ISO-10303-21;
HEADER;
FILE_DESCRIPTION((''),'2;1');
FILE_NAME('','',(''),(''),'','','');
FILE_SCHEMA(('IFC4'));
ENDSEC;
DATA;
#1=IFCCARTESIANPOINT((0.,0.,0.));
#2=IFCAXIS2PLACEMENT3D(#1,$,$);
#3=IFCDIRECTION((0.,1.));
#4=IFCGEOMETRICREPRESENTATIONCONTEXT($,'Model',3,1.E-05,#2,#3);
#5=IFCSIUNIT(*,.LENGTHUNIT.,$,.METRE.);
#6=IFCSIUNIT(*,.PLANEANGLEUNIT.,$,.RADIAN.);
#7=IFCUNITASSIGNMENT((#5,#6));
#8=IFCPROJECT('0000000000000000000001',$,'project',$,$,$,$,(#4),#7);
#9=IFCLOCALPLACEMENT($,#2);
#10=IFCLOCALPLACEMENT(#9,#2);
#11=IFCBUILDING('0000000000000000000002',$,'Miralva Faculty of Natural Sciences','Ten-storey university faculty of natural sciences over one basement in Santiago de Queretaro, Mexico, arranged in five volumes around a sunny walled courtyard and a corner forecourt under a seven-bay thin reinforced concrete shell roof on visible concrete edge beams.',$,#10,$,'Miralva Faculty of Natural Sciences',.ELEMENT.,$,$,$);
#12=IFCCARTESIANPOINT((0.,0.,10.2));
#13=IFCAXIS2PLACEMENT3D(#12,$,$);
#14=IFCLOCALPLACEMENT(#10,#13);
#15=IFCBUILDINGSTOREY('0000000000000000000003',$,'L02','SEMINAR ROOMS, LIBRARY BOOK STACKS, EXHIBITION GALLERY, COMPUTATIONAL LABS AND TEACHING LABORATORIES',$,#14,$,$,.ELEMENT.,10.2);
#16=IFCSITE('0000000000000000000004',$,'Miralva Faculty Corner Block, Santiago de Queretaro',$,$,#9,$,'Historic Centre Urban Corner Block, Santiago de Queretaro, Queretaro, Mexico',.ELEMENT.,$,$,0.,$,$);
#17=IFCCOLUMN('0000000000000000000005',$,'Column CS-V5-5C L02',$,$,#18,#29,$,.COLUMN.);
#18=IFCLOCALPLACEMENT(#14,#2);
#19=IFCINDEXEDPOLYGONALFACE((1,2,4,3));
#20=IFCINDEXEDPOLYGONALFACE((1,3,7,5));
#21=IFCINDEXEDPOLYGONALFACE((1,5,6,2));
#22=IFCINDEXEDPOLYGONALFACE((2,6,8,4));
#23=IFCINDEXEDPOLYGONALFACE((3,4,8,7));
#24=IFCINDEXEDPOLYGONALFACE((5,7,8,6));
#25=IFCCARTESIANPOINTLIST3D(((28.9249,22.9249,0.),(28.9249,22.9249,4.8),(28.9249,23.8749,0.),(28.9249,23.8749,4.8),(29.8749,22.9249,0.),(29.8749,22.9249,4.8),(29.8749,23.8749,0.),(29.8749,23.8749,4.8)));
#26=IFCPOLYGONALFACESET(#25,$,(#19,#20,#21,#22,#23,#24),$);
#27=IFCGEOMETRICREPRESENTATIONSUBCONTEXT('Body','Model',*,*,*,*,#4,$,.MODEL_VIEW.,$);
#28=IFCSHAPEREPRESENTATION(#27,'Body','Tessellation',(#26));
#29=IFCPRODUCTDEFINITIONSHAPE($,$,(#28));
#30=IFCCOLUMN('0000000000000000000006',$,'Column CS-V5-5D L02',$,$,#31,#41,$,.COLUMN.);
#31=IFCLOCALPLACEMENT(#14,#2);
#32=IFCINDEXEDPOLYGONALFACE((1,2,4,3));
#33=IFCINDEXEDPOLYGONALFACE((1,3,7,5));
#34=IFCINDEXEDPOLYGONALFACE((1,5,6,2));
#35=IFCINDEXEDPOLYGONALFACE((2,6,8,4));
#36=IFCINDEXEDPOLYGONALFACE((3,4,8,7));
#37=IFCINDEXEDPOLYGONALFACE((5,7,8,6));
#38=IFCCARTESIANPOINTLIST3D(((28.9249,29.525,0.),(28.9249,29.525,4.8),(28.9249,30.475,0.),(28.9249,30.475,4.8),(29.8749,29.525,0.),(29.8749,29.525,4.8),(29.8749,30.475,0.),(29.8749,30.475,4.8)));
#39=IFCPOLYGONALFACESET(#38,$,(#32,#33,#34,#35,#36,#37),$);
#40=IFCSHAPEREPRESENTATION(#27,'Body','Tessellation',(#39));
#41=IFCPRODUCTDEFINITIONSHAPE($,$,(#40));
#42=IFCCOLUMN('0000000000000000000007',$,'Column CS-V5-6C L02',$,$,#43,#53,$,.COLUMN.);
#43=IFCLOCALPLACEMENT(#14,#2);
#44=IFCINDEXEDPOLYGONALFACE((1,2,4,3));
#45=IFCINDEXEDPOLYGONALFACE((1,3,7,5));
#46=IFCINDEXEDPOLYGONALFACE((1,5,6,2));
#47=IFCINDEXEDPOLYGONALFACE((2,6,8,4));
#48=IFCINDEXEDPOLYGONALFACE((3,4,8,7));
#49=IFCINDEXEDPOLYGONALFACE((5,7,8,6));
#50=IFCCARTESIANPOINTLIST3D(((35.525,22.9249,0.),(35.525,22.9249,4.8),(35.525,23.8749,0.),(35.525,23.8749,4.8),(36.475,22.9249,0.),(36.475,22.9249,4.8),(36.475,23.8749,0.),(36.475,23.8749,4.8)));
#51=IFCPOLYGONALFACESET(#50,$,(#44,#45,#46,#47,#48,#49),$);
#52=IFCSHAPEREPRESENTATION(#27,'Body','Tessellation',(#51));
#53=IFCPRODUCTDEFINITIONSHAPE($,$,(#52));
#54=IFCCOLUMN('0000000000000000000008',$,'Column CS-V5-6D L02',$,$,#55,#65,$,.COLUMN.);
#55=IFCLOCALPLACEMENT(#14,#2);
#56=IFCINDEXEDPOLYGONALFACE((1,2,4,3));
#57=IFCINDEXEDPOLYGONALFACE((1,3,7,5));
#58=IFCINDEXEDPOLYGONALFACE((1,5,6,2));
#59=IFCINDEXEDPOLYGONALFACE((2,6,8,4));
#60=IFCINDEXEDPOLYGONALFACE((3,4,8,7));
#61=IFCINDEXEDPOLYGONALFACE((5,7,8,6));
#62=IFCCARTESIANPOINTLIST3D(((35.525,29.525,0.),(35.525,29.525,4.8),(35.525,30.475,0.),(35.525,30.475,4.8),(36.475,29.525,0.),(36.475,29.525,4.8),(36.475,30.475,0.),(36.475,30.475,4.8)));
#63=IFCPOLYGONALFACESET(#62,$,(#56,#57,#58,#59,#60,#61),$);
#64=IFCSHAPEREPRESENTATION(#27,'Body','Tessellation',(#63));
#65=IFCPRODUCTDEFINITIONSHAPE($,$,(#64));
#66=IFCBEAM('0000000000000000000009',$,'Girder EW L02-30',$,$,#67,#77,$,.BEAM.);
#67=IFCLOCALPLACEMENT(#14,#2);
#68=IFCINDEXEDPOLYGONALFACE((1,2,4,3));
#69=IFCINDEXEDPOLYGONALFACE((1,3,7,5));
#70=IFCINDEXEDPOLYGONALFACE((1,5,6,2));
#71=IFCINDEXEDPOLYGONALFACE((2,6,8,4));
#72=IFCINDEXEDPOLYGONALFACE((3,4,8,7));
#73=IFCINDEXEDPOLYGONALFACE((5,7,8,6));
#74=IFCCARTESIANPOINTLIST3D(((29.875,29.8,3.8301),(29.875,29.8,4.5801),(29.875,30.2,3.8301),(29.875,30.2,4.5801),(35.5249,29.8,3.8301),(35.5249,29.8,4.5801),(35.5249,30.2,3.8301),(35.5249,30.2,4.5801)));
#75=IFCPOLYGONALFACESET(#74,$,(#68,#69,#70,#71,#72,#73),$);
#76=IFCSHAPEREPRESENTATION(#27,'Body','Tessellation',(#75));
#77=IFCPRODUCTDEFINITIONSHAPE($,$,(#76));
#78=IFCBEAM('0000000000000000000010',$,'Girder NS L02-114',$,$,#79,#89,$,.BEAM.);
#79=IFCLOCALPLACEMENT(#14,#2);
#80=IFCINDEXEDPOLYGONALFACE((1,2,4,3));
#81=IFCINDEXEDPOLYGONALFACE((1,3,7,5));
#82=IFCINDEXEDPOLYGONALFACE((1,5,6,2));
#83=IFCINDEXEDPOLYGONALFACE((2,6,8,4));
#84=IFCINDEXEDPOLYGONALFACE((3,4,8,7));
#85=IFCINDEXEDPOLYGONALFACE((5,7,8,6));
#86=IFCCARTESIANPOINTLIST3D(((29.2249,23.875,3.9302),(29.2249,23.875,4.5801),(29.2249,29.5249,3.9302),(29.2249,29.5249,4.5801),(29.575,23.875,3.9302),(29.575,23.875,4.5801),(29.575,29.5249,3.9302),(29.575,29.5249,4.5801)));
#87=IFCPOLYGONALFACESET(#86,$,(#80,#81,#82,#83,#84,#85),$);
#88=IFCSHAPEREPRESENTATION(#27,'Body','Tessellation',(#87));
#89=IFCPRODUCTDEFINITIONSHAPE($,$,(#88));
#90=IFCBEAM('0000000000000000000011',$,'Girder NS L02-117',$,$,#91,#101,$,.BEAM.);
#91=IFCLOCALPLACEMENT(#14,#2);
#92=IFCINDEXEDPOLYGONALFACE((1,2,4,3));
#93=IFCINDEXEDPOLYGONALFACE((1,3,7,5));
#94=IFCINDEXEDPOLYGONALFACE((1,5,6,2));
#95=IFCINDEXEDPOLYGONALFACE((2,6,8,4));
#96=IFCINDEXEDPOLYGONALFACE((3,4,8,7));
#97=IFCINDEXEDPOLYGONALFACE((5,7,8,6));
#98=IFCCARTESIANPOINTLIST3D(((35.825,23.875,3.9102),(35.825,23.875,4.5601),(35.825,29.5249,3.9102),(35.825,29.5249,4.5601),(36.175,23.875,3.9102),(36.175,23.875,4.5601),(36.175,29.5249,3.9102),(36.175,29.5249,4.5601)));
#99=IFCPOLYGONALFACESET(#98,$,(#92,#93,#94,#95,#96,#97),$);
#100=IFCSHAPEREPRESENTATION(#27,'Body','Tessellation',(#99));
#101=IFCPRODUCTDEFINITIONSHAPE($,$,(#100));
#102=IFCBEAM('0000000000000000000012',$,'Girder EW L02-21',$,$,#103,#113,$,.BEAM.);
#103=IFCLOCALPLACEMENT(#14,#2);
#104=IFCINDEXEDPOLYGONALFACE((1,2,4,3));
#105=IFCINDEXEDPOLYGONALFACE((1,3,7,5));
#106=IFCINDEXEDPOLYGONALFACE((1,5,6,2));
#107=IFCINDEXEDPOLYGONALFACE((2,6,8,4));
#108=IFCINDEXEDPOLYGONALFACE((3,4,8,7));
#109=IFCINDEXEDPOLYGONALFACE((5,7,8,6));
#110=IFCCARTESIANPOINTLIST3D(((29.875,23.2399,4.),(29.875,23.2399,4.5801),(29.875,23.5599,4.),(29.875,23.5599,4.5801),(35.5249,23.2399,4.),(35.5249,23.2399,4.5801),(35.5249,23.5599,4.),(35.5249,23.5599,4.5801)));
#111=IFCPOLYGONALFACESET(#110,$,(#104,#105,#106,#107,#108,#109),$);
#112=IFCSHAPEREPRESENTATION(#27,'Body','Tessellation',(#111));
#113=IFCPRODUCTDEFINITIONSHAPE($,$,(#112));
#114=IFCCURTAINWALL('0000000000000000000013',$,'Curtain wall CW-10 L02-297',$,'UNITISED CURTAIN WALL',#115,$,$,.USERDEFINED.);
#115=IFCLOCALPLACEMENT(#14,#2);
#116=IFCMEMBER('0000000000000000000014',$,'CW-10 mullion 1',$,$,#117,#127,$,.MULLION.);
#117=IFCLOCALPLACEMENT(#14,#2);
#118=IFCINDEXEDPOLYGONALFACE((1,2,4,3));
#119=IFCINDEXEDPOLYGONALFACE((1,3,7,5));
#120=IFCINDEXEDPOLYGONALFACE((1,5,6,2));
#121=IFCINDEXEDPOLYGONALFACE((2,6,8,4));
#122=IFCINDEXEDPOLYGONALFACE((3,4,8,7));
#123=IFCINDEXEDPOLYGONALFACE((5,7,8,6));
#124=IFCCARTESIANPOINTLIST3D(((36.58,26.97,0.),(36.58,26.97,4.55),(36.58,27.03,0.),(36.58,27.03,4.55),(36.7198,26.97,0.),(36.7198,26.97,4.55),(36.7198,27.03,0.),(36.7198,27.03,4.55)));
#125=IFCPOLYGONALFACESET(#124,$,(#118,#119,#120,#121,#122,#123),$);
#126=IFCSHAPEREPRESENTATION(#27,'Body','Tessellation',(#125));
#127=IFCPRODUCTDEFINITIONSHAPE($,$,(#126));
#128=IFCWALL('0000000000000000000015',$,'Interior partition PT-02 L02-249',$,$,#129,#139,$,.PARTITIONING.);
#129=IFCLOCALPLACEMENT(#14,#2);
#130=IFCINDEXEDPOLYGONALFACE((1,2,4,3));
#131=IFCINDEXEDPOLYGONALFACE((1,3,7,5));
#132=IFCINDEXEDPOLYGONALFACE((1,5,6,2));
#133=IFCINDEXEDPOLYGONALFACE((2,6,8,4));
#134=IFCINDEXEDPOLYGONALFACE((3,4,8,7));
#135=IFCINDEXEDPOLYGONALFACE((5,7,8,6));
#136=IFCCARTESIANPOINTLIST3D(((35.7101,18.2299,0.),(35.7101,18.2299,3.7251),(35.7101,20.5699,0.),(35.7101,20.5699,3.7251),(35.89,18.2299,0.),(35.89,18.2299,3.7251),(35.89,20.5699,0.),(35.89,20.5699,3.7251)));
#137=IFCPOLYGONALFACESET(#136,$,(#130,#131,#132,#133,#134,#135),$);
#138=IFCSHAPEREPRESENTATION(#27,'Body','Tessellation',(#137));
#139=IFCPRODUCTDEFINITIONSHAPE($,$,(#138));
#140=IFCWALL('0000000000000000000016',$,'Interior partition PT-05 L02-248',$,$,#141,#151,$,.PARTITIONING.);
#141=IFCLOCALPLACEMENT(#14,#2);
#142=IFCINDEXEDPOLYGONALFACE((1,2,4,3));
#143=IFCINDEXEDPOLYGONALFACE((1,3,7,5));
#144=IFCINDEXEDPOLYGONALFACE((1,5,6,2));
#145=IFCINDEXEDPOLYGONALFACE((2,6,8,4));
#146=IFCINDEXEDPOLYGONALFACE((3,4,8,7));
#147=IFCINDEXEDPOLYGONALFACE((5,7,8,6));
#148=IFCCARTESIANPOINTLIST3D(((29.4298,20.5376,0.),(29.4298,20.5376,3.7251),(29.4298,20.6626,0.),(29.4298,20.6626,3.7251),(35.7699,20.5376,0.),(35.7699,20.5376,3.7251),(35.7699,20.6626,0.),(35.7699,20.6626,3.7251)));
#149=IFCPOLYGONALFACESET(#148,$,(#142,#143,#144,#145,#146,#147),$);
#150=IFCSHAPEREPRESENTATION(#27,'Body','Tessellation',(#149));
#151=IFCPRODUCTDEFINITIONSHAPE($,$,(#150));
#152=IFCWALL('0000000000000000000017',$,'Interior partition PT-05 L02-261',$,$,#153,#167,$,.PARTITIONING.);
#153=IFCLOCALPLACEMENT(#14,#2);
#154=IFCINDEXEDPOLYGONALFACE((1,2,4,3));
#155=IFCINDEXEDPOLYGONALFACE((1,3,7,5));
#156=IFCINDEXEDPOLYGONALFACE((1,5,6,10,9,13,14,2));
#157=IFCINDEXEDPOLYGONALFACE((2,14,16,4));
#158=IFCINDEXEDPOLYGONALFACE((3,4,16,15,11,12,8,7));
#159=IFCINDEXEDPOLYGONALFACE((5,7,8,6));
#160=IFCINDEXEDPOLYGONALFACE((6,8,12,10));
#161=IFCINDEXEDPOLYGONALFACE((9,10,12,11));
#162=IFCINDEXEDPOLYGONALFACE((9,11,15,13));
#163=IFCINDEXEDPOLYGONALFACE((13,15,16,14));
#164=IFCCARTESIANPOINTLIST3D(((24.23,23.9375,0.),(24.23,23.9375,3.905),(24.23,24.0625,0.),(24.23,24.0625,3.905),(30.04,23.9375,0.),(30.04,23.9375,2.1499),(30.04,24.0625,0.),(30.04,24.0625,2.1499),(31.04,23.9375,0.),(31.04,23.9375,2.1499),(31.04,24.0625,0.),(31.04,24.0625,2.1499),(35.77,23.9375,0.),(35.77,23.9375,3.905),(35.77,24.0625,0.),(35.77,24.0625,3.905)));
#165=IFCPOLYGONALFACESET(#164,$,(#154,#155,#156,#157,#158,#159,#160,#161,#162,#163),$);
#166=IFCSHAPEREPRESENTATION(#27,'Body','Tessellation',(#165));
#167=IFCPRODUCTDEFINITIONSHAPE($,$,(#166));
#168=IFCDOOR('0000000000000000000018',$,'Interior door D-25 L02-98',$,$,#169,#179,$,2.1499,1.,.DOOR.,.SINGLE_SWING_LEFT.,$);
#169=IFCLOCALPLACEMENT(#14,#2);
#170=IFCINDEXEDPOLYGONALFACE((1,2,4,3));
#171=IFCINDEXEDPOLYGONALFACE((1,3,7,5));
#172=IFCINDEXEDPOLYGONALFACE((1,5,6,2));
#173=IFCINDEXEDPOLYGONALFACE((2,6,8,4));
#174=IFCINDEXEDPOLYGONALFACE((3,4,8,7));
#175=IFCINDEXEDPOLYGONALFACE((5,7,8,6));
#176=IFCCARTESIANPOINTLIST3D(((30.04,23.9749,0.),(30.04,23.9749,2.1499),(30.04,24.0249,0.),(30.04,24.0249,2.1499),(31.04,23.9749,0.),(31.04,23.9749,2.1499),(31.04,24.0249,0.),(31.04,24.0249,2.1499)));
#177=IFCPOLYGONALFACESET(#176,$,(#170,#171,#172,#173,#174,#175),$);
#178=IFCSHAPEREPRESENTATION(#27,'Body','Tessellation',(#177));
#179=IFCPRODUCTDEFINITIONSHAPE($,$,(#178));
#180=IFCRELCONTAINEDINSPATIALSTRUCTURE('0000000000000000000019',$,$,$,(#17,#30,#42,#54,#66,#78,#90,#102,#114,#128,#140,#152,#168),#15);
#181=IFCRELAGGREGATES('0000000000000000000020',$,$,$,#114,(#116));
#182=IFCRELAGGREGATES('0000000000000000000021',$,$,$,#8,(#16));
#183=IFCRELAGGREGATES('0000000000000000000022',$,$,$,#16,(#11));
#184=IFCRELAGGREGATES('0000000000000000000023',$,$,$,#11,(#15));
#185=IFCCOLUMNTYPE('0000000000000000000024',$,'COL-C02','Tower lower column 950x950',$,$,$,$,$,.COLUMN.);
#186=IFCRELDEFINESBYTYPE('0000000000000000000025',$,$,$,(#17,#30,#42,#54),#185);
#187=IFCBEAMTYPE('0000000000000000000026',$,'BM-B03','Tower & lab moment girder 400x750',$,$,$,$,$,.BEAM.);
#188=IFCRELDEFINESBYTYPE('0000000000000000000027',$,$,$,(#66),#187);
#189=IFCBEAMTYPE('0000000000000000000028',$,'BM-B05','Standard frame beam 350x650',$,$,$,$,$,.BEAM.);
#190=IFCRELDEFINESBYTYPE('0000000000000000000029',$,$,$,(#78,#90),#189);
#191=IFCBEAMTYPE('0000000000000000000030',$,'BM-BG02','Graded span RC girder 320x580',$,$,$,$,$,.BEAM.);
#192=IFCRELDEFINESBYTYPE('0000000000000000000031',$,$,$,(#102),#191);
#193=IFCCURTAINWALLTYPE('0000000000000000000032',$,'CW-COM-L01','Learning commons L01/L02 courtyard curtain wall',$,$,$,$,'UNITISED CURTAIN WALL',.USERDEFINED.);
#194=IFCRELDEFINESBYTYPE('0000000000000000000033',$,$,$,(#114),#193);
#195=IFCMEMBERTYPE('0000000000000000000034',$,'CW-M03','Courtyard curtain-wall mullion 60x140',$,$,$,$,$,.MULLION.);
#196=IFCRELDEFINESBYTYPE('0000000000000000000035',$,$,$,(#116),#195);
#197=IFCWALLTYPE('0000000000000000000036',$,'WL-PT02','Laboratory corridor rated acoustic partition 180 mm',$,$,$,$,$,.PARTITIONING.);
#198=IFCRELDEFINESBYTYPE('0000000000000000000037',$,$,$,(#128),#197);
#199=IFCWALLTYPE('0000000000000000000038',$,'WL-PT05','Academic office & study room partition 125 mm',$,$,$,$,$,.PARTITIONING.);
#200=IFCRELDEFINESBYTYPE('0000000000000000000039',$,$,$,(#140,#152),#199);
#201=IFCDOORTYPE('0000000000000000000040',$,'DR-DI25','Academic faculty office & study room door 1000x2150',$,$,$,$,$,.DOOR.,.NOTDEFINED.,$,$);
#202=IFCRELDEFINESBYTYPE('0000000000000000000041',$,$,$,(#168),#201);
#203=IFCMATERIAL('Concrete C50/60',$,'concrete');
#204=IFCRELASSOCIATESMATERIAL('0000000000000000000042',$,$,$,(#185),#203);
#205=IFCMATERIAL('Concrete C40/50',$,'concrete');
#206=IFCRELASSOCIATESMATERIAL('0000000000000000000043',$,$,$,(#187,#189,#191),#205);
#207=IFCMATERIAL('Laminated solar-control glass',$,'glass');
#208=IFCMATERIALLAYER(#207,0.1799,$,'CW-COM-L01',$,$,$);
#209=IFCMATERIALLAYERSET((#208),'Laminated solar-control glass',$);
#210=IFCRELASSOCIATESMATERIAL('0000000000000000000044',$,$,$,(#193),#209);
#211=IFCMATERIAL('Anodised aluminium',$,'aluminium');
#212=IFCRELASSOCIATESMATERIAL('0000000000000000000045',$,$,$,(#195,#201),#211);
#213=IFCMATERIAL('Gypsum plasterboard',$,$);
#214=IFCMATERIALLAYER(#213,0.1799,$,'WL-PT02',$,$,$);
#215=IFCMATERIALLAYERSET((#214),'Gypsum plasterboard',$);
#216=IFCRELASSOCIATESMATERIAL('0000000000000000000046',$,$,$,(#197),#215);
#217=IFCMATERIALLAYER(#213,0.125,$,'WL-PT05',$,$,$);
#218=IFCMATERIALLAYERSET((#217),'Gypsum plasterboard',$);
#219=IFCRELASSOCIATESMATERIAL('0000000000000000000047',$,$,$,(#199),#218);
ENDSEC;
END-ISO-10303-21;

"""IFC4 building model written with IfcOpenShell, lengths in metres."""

from ifc_helpers import new_model, si_unit, direction, frame, frame_2d, origin, origin_2d, place, context, subcontext, project, spatial, rectangle, extrude, material, layer, layer_set, material_profile, profile_set, type_object, element, fill, aggregate, save


model = new_model("IFC4")

# Units and contexts
model_context = context("Model", 3, precision=1e-05, world=origin(), true_north=direction((0.0, 1.0)))
body_context = subcontext(model_context, "Body", "Model", "MODEL_VIEW")
ifc_project = project(units=[si_unit("LENGTHUNIT", "METRE"), si_unit("PLANEANGLEUNIT", "RADIAN")], contexts=[model_context])

# Site, building, storey
site_placement = place(None, origin())
site = spatial("IfcSite", under=ifc_project, at=site_placement, Name="Miralva Faculty Corner Block, Santiago de Queretaro", LongName="Historic Centre Urban Corner Block, Santiago de Queretaro, Queretaro, Mexico", CompositionType="ELEMENT", RefElevation=0.0)
building_placement = place(site_placement, origin())
building = spatial("IfcBuilding", under=site, at=building_placement, Name="Miralva Faculty of Natural Sciences", Description="Ten-storey university faculty of natural sciences over one basement in Santiago de Queretaro, Mexico, arranged in five volumes around a sunny walled courtyard and a corner forecourt under a seven-bay thin reinforced concrete shell roof on visible concrete edge beams.", LongName="Miralva Faculty of Natural Sciences", CompositionType="ELEMENT")
storey_placement = place(building_placement, frame((0.0, 0.0, 10.2)))
storey = spatial("IfcBuildingStorey", under=building, at=storey_placement, Name="L02", Description="SEMINAR ROOMS, LIBRARY BOOK STACKS, EXHIBITION GALLERY, COMPUTATIONAL LABS AND TEACHING LABORATORIES", CompositionType="ELEMENT", Elevation=10.2)

# Columns
ifc_material_1 = material(Name="Concrete C50/60", Category="concrete")
ifc_material_profile_1 = material_profile(ifc_material_1, rectangle(XDim=0.95, YDim=0.95, at=origin_2d()), Name="RC 950x950")
ifc_profile_set_1 = profile_set([ifc_material_profile_1], Name="Concrete C50/60")
column_type = type_object("IfcColumnType", Name="COL-C02", Description="Tower lower column 950x950", PredefinedType="COLUMN", material=ifc_profile_set_1)
for number, where, z_axis, x_axis, name in (
    (1, (29.3999, 23.3999, 0.0), (0.0, 0.0, 1.0), (1.0, 0.0, 0.0), "Column CS-V5-5C L02"),
    (2, (29.3999, 30.0, 0.0), (0.0, 0.0, 1.0), (1.0, 0.0, 0.0), "Column CS-V5-5D L02"),
    (3, (36.0, 23.3999, 0.0), (0.0, 0.0, 1.0), (1.0, 0.0, 0.0), "Column CS-V5-6C L02"),
    (4, (36.0, 30.0, 0.0), (0.0, 0.0, 1.0), (1.0, 0.0, 0.0), "Column CS-V5-6D L02"),
):
    element("IfcColumn", number, at=place(storey_placement, frame(where, z_axis=z_axis, x_axis=x_axis)), inside=storey, type_object=column_type, Name=name, PredefinedType="COLUMN", context=body_context, shape_type="SweptSolid", body=[
        extrude(rectangle(XDim=0.95, YDim=0.95, at=origin_2d()), origin(), (0.0, 0.0, 1.0), 4.8),
    ])

# Beams
ifc_material_2 = material(Name="Concrete C40/50", Category="concrete")
ifc_material_profile_2 = material_profile(ifc_material_2, rectangle(XDim=0.3999, YDim=0.75, at=origin_2d()), Name="RC 400x750")
ifc_profile_set_2 = profile_set([ifc_material_profile_2], Name="Concrete C40/50")
beam_type_1 = type_object("IfcBeamType", Name="BM-B03", Description="Tower & lab moment girder 400x750", PredefinedType="BEAM", material=ifc_profile_set_2)
beam_1_placement = place(storey_placement, frame((29.875, 30.0, 4.2051), z_axis=(1.0, 0.0, 0.0), x_axis=(0.0, 1.0, 0.0)))
element("IfcBeam", 5, at=beam_1_placement, inside=storey, type_object=beam_type_1, Name="Girder EW L02-30", PredefinedType="BEAM", context=body_context, shape_type="SweptSolid", body=[
    extrude(rectangle(XDim=0.3999, YDim=0.75, at=origin_2d()), origin(), (0.0, 0.0, 1.0), 5.6499),
])
ifc_material_profile_3 = material_profile(ifc_material_2, rectangle(XDim=0.3501, YDim=0.6499, at=origin_2d()), Name="RC 350x650")
ifc_profile_set_3 = profile_set([ifc_material_profile_3], Name="Concrete C40/50")
beam_type_2 = type_object("IfcBeamType", Name="BM-B05", Description="Standard frame beam 350x650", PredefinedType="BEAM", material=ifc_profile_set_3)
for number, where, z_axis, x_axis, name in (
    (6, (29.3999, 23.875, 4.2551), (0.0, 1.0, 0.0), (-1.0, 0.0, 0.0), "Girder NS L02-114"),
    (7, (36.0, 23.875, 4.2351), (0.0, 1.0, 0.0), (-1.0, 0.0, 0.0), "Girder NS L02-117"),
):
    element("IfcBeam", number, at=place(storey_placement, frame(where, z_axis=z_axis, x_axis=x_axis)), inside=storey, type_object=beam_type_2, Name=name, PredefinedType="BEAM", context=body_context, shape_type="SweptSolid", body=[
        extrude(rectangle(XDim=0.3501, YDim=0.6499, at=origin_2d()), origin(), (0.0, 0.0, 1.0), 5.6499),
    ])
ifc_material_profile_4 = material_profile(ifc_material_2, rectangle(XDim=0.3201, YDim=0.5801, at=origin_2d()), Name="RC 320x580")
ifc_profile_set_4 = profile_set([ifc_material_profile_4], Name="Concrete C40/50")
beam_type_3 = type_object("IfcBeamType", Name="BM-BG02", Description="Graded span RC girder 320x580", PredefinedType="BEAM", material=ifc_profile_set_4)
beam_2_placement = place(storey_placement, frame((29.875, 23.3999, 4.29), z_axis=(1.0, 0.0, 0.0), x_axis=(0.0, 1.0, 0.0)))
element("IfcBeam", 8, at=beam_2_placement, inside=storey, type_object=beam_type_3, Name="Girder EW L02-21", PredefinedType="BEAM", context=body_context, shape_type="SweptSolid", body=[
    extrude(rectangle(XDim=0.3201, YDim=0.5801, at=origin_2d()), origin(), (0.0, 0.0, 1.0), 5.6499),
])

# Curtain wall, member
ifc_material_3 = material(Name="Laminated solar-control glass", Category="glass")
ifc_layer_1 = layer(ifc_material_3, 0.1799, Name="CW-COM-L01")
ifc_layer_set_1 = layer_set([ifc_layer_1], Name="Laminated solar-control glass")
curtain_wall_type = type_object("IfcCurtainWallType", Name="CW-COM-L01", Description="Learning commons L01/L02 courtyard curtain wall", ElementType="UNITISED CURTAIN WALL", PredefinedType="USERDEFINED", material=ifc_layer_set_1)
curtain_wall_placement = place(storey_placement, origin())
curtain_wall = element("IfcCurtainWall", 9, at=curtain_wall_placement, inside=storey, type_object=curtain_wall_type, Name="Curtain wall CW-10 L02-297", ObjectType="UNITISED CURTAIN WALL", PredefinedType="USERDEFINED")
ifc_material_4 = material(Name="Anodised aluminium", Category="aluminium")
ifc_material_profile_5 = material_profile(ifc_material_4, rectangle(XDim=0.0601, YDim=0.1399, at=origin_2d()), Name="MULLION 60x140")
ifc_profile_set_5 = profile_set([ifc_material_profile_5], Name="Anodised aluminium")
member_type = type_object("IfcMemberType", Name="CW-M03", Description="Courtyard curtain-wall mullion 60x140", PredefinedType="MULLION", material=ifc_profile_set_5)
member_placement = place(storey_placement, frame((36.6499, 27.0, 0.0), z_axis=(0.0, 0.0, 1.0), x_axis=(0.0, 1.0, 0.0)))
member = element("IfcMember", 10, at=member_placement, type_object=member_type, Name="CW-10 mullion 1", PredefinedType="MULLION", context=body_context, shape_type="SweptSolid", body=[
    extrude(rectangle(XDim=0.0601, YDim=0.1399, at=origin_2d()), origin(), (0.0, 0.0, 1.0), 4.55),
])
aggregate(curtain_wall, [member])

# Walls
ifc_material_5 = material(Name="Gypsum plasterboard")
ifc_layer_2 = layer(ifc_material_5, 0.1799, Name="WL-PT02")
ifc_layer_set_2 = layer_set([ifc_layer_2], Name="Gypsum plasterboard")
wall_type_1 = type_object("IfcWallType", Name="WL-PT02", Description="Laboratory corridor rated acoustic partition 180 mm", PredefinedType="PARTITIONING", material=ifc_layer_set_2)
wall_1_placement = place(storey_placement, frame((35.8, 18.23, 0.0), z_axis=(0.0, 0.0, 1.0), x_axis=(0.0, 1.0, 0.0)))
element("IfcWall", 11, at=wall_1_placement, inside=storey, type_object=wall_type_1, Name="Interior partition PT-02 L02-249", PredefinedType="PARTITIONING", context=body_context, shape_type="SweptSolid", body=[
    extrude(rectangle(XDim=2.3401, YDim=0.1799, at=frame_2d((1.1699, 0.0))), origin(), (0.0, 0.0, 1.0), 3.7251),
])
ifc_layer_3 = layer(ifc_material_5, 0.125, Name="WL-PT05")
ifc_layer_set_3 = layer_set([ifc_layer_3], Name="Gypsum plasterboard")
wall_type_2 = type_object("IfcWallType", Name="WL-PT05", Description="Academic office & study room partition 125 mm", PredefinedType="PARTITIONING", material=ifc_layer_set_3)
wall_2_placement = place(storey_placement, frame((29.4299, 20.6001, 0.0), z_axis=(0.0, 0.0, 1.0), x_axis=(1.0, 0.0, 0.0)))
element("IfcWall", 12, at=wall_2_placement, inside=storey, type_object=wall_type_2, Name="Interior partition PT-05 L02-248", PredefinedType="PARTITIONING", context=body_context, shape_type="SweptSolid", body=[
    extrude(rectangle(XDim=6.3401, YDim=0.125, at=frame_2d((3.1699, 0.0))), origin(), (0.0, 0.0, 1.0), 3.7251),
])

# Wall, opening, door
wall_3_placement = place(storey_placement, frame((24.23, 24.0, 0.0), z_axis=(0.0, 0.0, 1.0), x_axis=(1.0, 0.0, 0.0)))
wall_3 = element("IfcWall", 13, at=wall_3_placement, inside=storey, type_object=wall_type_2, Name="Interior partition PT-05 L02-261", PredefinedType="PARTITIONING", context=body_context, shape_type="SweptSolid", body=[
    extrude(rectangle(XDim=11.54, YDim=0.125, at=frame_2d((5.77, 0.0))), origin(), (0.0, 0.0, 1.0), 3.905),
])
opening_1_placement = place(wall_3_placement, frame((5.8101, 0.0, 0.0)))
opening_1 = element("IfcOpeningElement", 14, at=opening_1_placement, cuts=wall_3, PredefinedType="OPENING", context=body_context, shape_type="SweptSolid", body=[
    extrude(rectangle(XDim=1.0, YDim=2.1499, at=frame_2d((0.5, 1.075))), frame((0.0, 0.0725, 0.0), z_axis=(0.0, -1.0, 0.0), x_axis=(1.0, 0.0, 0.0)), (0.0, 0.0, 1.0), 0.145),
])
door_type = type_object("IfcDoorType", Name="DR-DI25", Description="Academic faculty office & study room door 1000x2150", OperationType="NOTDEFINED", PredefinedType="DOOR", material=ifc_material_4)
door_placement = place(opening_1_placement, origin())
door = element("IfcDoor", 15, at=door_placement, inside=storey, type_object=door_type, Name="Interior door D-25 L02-98", OperationType="SINGLE_SWING_LEFT", OverallHeight=2.1499, OverallWidth=1.0, PredefinedType="DOOR", context=body_context, shape_type="SweptSolid", body=[
    extrude(rectangle(XDim=1.0, YDim=2.1499, at=frame_2d((0.5, 1.075))), frame((0.0, 0.0249, 0.0), z_axis=(0.0, -1.0, 0.0), x_axis=(1.0, 0.0, 0.0)), (0.0, 0.0, 1.0), 0.05),
])
fill(opening_1, door)

save(model, "model.ifc")
